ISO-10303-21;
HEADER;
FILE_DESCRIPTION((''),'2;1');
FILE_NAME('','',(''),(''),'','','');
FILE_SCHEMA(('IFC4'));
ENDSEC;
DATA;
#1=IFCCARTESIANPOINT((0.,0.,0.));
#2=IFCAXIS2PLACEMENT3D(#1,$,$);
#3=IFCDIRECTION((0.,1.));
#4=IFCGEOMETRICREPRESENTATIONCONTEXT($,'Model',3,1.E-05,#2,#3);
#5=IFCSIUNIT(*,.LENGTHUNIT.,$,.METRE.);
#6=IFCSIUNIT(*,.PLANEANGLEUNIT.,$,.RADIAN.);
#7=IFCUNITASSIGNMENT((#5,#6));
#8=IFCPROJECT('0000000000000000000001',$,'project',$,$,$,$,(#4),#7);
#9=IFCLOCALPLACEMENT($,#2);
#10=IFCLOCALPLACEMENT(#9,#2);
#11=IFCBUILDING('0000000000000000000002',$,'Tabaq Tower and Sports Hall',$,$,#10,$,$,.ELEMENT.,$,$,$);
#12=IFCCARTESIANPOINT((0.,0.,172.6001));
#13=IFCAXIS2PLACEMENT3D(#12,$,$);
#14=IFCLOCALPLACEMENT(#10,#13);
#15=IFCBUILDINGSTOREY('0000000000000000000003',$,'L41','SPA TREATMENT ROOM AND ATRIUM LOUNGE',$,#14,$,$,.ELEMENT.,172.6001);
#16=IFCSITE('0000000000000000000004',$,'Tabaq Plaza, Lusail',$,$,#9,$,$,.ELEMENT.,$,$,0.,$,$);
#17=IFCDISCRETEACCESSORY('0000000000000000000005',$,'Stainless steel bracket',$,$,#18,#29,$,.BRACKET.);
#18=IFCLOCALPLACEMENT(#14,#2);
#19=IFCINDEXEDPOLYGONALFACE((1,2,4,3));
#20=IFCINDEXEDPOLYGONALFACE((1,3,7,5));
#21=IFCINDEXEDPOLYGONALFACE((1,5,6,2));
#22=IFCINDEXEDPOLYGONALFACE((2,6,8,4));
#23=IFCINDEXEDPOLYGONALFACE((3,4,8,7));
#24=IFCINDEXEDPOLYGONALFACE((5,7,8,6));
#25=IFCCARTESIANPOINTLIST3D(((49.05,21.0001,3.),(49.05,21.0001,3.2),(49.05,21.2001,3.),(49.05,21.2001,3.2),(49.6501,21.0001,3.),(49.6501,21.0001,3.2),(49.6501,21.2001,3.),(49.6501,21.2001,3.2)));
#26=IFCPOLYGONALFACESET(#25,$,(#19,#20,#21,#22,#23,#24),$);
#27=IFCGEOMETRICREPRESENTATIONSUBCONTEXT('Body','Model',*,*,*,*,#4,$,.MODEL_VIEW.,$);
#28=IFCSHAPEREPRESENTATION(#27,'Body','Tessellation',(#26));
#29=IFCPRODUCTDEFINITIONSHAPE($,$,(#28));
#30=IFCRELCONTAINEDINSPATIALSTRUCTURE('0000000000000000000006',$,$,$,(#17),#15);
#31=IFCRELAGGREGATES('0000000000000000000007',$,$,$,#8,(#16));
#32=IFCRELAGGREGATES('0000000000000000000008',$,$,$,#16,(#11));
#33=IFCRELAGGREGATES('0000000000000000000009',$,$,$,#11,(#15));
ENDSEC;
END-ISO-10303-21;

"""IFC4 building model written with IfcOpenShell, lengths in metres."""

from ifc_helpers import new_model, si_unit, direction, frame, origin, origin_2d, place, context, subcontext, project, spatial, rectangle, extrude, element, save


model = new_model("IFC4")

# Units and contexts
model_context = context("Model", 3, precision=1e-05, world=origin(), true_north=direction((0.0, 1.0)))
body_context = subcontext(model_context, "Body", "Model", "MODEL_VIEW")
ifc_project = project(units=[si_unit("LENGTHUNIT", "METRE"), si_unit("PLANEANGLEUNIT", "RADIAN")], contexts=[model_context])

# Site, building, storey
site_placement = place(None, origin())
site = spatial("IfcSite", under=ifc_project, at=site_placement, Name="Tabaq Plaza, Lusail", CompositionType="ELEMENT", RefElevation=0.0)
building_placement = place(site_placement, origin())
building = spatial("IfcBuilding", under=site, at=building_placement, Name="Tabaq Tower and Sports Hall", CompositionType="ELEMENT")
storey_placement = place(building_placement, frame((0.0, 0.0, 172.6001)))
storey = spatial("IfcBuildingStorey", under=building, at=storey_placement, Name="L41", Description="SPA TREATMENT ROOM AND ATRIUM LOUNGE", CompositionType="ELEMENT", Elevation=172.6001)

# Discrete accessory
for number, where, z_axis, x_axis, name in (
    (1, (49.3501, 21.1001, 3.0), (0.0, 0.0, 1.0), (1.0, 0.0, 0.0), "Stainless steel bracket"),
):
    element("IfcDiscreteAccessory", number, at=place(storey_placement, frame(where, z_axis=z_axis, x_axis=x_axis)), inside=storey, Name=name, PredefinedType="BRACKET", context=body_context, shape_type="SweptSolid", body=[
        extrude(rectangle(XDim=0.6001, YDim=0.2, at=origin_2d()), origin(), (0.0, 0.0, 1.0), 0.2),
    ])

save(model, "model.ifc")
